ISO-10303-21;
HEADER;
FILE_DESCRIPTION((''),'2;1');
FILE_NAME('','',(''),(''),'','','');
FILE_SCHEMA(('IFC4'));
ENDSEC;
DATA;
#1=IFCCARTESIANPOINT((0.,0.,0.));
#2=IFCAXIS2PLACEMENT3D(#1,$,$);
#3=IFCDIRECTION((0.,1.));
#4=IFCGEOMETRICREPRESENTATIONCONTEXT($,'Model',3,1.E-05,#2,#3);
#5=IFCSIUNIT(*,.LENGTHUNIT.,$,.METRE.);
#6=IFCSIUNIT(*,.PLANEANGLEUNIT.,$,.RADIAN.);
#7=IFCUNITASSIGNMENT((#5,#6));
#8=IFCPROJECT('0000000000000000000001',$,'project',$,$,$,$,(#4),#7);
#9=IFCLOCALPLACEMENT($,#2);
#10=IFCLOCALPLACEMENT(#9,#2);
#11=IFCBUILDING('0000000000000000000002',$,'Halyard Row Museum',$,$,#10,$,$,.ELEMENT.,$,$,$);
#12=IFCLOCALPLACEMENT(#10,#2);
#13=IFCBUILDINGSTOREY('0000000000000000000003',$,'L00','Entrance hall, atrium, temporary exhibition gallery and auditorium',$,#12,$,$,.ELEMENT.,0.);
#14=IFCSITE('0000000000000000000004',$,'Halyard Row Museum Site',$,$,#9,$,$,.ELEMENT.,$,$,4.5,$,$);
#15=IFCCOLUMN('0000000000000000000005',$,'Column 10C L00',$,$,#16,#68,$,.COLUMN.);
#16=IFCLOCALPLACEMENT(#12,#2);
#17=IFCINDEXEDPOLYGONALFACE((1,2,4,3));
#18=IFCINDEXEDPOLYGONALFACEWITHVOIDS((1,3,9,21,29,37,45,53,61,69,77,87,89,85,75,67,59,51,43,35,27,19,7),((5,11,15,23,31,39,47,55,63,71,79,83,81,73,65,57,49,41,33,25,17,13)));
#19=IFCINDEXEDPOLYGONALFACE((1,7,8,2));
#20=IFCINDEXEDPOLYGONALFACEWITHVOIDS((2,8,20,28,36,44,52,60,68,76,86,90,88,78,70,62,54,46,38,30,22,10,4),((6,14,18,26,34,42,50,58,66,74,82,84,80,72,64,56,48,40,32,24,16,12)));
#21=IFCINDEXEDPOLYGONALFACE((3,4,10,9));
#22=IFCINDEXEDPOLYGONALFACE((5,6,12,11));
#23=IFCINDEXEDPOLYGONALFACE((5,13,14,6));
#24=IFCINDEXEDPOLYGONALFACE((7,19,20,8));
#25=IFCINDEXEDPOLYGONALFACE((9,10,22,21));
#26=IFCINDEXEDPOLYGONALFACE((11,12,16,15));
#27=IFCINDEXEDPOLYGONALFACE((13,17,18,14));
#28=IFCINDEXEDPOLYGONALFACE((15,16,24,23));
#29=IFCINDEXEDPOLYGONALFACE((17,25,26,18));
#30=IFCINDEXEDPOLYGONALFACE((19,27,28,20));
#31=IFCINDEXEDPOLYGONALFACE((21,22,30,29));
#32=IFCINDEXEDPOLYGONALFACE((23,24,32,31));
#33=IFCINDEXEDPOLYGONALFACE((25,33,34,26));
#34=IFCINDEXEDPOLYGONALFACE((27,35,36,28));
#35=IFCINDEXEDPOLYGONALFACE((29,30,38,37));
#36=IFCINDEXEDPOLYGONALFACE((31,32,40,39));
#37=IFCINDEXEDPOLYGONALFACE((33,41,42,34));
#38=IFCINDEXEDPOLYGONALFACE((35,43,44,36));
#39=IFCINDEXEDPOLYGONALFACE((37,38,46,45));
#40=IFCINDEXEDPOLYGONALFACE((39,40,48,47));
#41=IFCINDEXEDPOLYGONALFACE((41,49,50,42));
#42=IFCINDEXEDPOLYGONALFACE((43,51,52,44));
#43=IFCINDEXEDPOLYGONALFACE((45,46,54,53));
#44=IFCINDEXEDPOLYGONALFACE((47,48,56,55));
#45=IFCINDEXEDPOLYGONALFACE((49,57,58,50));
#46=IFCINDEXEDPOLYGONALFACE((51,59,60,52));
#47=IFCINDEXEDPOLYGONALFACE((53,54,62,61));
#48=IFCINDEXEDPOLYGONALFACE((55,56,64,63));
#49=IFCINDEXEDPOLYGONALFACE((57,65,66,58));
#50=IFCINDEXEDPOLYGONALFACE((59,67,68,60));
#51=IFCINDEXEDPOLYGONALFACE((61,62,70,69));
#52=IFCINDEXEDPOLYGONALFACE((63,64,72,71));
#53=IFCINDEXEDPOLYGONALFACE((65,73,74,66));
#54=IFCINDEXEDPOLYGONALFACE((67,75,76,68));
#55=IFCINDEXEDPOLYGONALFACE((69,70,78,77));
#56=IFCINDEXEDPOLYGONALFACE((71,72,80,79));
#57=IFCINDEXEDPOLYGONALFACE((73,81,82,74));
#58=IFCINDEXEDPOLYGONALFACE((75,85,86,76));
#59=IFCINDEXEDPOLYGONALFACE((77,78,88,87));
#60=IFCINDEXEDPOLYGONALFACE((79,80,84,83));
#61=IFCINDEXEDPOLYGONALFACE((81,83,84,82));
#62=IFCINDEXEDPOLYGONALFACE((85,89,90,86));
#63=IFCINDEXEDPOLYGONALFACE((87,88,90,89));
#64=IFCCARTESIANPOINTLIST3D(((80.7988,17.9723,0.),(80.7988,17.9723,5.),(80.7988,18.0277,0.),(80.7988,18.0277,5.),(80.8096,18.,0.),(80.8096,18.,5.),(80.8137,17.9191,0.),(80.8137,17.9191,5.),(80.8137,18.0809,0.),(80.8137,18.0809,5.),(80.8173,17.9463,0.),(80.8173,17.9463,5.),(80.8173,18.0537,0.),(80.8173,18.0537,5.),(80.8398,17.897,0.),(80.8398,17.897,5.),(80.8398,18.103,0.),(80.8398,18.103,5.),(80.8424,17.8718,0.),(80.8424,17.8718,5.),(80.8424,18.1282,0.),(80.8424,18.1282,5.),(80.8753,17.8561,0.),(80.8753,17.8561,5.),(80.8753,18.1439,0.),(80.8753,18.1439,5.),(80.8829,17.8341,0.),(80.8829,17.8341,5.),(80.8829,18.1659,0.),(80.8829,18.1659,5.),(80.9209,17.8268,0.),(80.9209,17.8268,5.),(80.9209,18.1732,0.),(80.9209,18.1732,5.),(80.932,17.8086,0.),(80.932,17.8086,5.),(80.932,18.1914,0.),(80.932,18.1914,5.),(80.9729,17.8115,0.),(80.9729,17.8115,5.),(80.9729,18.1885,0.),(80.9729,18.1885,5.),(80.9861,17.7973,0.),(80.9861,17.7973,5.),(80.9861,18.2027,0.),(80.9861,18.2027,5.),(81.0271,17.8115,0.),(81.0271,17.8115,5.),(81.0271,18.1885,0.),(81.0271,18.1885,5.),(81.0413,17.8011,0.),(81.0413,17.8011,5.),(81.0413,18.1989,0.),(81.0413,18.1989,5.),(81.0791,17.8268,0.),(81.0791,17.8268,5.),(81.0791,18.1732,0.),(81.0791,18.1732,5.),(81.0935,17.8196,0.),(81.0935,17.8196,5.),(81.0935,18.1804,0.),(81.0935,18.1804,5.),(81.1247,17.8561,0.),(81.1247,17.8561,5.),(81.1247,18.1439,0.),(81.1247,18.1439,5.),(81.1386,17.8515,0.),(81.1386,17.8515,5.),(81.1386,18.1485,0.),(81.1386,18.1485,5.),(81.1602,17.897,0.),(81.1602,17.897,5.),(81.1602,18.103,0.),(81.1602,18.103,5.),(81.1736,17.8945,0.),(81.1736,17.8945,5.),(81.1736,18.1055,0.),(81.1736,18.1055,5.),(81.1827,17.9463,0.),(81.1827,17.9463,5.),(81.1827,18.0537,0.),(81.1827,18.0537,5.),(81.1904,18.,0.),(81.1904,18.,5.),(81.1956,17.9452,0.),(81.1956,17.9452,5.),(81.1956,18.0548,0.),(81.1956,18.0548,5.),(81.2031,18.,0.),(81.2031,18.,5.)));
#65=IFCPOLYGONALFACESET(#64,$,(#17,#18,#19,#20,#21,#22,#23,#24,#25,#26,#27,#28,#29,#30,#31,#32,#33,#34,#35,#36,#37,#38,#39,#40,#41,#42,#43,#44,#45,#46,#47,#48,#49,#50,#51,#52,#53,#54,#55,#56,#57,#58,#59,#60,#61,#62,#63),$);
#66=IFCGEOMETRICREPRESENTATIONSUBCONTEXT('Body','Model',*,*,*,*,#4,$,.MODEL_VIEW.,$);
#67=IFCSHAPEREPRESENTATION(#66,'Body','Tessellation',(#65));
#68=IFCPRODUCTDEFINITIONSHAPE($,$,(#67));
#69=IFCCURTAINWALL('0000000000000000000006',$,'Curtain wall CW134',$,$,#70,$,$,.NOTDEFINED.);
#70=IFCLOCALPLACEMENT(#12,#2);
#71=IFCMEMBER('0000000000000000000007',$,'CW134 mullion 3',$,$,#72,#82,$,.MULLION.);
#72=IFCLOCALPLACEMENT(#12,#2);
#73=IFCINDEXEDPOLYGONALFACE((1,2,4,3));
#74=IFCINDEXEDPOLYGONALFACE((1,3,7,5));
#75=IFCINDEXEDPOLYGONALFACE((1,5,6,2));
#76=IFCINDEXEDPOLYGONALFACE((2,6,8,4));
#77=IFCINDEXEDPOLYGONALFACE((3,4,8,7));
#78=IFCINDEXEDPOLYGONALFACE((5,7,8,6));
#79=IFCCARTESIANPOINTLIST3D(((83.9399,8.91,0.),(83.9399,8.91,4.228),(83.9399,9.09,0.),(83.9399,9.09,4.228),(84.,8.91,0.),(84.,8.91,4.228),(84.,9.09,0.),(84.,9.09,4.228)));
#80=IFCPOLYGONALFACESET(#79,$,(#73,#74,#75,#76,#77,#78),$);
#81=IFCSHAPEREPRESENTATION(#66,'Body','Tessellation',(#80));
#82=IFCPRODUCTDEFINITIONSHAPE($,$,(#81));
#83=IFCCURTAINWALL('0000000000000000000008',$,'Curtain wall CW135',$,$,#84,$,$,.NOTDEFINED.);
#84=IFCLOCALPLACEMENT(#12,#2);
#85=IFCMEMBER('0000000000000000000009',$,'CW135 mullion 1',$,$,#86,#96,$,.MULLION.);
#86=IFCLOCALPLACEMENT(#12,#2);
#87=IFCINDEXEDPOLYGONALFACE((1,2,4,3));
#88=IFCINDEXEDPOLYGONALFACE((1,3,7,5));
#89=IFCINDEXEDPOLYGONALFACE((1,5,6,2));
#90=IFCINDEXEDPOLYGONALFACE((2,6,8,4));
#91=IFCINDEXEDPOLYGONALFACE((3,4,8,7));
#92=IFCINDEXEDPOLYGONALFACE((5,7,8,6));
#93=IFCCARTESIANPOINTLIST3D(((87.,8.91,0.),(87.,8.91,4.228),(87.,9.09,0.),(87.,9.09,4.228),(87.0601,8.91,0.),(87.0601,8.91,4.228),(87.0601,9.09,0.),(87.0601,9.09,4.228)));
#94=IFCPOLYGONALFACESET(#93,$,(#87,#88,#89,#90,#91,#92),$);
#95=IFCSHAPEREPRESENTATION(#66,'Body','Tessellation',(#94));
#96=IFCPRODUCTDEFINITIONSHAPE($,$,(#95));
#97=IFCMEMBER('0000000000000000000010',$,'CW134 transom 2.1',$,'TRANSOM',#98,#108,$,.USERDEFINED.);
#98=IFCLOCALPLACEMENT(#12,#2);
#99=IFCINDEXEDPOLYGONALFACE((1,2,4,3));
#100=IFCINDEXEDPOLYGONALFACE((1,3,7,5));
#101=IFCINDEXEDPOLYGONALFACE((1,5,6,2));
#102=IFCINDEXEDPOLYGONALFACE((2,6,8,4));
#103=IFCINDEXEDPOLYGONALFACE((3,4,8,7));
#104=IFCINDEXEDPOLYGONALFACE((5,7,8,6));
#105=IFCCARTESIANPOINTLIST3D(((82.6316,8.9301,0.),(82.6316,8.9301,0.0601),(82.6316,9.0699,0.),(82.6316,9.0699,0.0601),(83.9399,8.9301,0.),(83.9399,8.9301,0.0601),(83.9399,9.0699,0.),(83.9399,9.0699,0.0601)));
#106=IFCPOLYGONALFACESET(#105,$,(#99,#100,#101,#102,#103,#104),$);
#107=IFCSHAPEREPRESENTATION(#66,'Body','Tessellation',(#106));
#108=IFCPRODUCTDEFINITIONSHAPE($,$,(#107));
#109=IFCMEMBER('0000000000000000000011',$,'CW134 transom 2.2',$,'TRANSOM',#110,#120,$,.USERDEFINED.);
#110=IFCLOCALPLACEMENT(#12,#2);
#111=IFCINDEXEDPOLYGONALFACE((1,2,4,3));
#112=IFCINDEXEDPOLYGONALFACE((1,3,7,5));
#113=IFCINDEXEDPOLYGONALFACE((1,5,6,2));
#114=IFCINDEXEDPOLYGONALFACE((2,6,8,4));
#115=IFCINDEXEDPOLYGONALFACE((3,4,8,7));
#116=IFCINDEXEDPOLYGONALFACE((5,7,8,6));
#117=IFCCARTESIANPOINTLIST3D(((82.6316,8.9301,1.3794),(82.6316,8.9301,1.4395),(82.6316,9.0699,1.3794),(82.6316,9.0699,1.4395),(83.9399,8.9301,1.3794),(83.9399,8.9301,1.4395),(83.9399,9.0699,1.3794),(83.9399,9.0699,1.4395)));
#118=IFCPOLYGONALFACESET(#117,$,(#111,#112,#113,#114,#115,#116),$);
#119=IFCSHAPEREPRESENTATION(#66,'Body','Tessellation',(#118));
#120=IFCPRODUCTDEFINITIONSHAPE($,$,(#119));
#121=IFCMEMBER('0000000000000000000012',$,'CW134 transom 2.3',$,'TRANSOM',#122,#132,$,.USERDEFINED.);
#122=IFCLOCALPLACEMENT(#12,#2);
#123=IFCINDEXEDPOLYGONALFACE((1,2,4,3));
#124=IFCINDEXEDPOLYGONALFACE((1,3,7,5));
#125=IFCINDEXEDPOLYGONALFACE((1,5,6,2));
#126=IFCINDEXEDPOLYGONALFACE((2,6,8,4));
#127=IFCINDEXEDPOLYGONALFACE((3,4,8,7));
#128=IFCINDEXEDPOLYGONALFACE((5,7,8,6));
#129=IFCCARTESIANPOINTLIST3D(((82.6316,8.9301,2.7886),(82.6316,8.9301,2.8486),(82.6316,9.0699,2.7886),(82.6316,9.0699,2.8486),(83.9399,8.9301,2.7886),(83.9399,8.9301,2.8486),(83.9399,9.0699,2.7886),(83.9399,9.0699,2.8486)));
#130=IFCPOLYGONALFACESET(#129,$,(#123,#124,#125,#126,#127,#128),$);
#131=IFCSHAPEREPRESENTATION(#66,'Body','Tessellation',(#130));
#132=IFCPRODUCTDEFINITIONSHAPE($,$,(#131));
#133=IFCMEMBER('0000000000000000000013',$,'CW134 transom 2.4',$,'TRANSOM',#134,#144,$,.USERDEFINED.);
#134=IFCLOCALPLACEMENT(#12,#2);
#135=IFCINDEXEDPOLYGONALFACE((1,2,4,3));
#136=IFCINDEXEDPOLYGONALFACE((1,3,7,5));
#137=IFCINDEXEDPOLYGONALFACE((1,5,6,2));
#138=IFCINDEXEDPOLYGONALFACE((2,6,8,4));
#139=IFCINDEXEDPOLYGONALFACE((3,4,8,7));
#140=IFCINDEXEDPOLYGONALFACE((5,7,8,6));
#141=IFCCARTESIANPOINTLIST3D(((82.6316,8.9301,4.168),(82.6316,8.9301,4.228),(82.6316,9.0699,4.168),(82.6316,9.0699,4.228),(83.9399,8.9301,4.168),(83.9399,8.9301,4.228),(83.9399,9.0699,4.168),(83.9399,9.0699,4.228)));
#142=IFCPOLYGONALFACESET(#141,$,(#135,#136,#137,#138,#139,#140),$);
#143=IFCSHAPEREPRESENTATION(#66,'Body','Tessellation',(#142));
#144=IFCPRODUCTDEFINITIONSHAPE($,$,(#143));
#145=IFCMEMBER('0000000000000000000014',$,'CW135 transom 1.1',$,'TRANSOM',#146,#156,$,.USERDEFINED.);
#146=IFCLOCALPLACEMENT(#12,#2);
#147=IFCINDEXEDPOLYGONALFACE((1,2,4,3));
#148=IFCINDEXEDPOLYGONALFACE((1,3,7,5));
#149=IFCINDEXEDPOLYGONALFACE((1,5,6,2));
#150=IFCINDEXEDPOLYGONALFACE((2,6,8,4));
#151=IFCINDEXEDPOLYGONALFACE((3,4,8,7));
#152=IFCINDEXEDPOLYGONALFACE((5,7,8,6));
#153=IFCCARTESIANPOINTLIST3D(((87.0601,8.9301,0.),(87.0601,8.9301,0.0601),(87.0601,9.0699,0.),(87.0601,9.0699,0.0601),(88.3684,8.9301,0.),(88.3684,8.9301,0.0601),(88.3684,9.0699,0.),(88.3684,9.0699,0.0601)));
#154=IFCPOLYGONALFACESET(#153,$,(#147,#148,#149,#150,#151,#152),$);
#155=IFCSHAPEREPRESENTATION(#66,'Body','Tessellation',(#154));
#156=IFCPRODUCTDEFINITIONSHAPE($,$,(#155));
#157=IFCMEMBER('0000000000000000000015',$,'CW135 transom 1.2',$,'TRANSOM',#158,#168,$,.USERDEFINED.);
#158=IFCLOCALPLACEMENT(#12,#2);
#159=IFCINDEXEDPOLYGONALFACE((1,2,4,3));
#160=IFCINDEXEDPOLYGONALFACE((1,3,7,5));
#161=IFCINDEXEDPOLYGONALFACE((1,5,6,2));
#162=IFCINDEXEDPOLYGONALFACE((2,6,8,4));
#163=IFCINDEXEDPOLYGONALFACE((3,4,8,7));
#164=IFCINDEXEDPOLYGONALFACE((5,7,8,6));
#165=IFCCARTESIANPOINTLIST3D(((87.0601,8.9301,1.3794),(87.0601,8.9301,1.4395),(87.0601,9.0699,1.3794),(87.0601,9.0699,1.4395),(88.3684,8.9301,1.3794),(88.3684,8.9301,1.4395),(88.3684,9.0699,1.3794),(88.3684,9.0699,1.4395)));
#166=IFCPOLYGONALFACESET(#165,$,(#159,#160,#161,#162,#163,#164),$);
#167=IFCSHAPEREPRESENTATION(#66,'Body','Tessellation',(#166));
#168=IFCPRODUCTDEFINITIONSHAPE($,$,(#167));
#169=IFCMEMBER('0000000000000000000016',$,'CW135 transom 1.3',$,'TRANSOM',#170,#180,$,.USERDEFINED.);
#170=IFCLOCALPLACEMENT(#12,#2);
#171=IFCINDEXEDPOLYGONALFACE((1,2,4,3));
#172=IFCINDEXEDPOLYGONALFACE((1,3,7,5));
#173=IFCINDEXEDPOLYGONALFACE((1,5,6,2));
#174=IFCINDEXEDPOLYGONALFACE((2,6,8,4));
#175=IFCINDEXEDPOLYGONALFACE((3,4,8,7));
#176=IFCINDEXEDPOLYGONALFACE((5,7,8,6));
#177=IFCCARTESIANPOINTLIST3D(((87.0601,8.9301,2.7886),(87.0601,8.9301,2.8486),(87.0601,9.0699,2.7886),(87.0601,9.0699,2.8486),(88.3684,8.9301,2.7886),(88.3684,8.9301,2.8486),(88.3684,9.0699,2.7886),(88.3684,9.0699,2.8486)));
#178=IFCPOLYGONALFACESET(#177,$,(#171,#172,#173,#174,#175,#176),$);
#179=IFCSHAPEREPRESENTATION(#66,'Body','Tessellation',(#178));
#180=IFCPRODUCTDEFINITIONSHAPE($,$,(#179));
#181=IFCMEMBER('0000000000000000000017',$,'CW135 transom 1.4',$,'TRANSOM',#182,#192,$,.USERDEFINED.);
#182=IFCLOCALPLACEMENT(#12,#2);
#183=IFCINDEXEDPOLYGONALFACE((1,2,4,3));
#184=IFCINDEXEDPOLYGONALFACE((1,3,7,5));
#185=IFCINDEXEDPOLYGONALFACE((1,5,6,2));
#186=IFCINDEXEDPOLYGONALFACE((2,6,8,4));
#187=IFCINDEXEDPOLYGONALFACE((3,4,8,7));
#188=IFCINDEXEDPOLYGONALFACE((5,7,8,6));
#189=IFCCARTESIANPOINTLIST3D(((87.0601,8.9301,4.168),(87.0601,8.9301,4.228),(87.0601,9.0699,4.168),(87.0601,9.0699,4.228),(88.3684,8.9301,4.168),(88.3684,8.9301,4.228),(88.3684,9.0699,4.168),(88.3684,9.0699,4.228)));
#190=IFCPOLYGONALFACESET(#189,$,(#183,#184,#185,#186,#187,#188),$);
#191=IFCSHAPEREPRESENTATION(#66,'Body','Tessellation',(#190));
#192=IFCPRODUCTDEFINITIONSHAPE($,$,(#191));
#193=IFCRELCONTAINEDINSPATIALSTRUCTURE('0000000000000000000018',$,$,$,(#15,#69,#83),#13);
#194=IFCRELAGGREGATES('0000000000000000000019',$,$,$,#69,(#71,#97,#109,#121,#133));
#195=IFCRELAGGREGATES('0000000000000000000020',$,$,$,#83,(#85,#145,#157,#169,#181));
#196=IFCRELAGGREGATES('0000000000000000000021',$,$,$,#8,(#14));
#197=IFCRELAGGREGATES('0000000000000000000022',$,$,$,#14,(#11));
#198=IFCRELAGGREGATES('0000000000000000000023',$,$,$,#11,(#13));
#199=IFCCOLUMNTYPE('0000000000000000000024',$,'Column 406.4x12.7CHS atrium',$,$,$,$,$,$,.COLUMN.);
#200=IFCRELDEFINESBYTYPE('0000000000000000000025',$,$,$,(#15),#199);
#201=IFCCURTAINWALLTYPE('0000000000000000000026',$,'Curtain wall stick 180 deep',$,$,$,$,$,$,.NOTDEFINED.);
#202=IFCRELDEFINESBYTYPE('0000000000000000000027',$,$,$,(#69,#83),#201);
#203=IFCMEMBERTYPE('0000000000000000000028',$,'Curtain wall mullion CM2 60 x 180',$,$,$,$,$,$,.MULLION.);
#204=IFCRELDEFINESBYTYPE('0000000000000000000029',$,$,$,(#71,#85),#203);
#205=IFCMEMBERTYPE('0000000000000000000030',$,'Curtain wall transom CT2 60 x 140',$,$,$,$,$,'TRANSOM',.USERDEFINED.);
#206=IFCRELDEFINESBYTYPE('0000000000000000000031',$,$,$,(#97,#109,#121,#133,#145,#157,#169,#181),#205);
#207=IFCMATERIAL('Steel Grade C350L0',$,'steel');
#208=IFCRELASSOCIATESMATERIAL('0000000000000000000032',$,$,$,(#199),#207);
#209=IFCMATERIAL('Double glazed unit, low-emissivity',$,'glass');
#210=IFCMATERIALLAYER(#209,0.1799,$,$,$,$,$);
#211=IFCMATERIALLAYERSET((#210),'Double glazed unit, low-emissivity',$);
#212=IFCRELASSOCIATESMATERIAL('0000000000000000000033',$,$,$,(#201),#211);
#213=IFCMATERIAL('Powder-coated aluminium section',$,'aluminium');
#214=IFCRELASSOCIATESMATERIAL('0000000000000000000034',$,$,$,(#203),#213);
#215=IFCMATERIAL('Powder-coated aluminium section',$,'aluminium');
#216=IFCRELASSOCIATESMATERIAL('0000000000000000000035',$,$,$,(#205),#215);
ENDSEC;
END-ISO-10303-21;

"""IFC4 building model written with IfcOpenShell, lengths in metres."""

from ifc_helpers import new_model, si_unit, direction, frame, origin, origin_2d, place, context, subcontext, project, spatial, rectangle, hollow_circle, extrude, material, layer, layer_set, material_profile, profile_set, type_object, element, aggregate, save


model = new_model("IFC4")

# Units and contexts
model_context = context("Model", 3, precision=1e-05, world=origin(), true_north=direction((0.0, 1.0)))
body_context = subcontext(model_context, "Body", "Model", "MODEL_VIEW")
ifc_project = project(units=[si_unit("LENGTHUNIT", "METRE"), si_unit("PLANEANGLEUNIT", "RADIAN")], contexts=[model_context])

# Site, building, storey
site_placement = place(None, origin())
site = spatial("IfcSite", under=ifc_project, at=site_placement, Name="Halyard Row Museum Site", CompositionType="ELEMENT", RefElevation=4.5)
building_placement = place(site_placement, origin())
building = spatial("IfcBuilding", under=site, at=building_placement, Name="Halyard Row Museum", CompositionType="ELEMENT")
storey_placement = place(building_placement, origin())
storey = spatial("IfcBuildingStorey", under=building, at=storey_placement, Name="L00", Description="Entrance hall, atrium, temporary exhibition gallery and auditorium", CompositionType="ELEMENT", Elevation=0.0)

# Column
ifc_material_1 = material(Name="Steel Grade C350L0", Category="steel")
ifc_material_profile_1 = material_profile(ifc_material_1, hollow_circle(Radius=0.2031, WallThickness=0.0127, at=origin_2d()), Name="406.4x12.7CHS")
ifc_profile_set_1 = profile_set([ifc_material_profile_1], Name="Steel Grade C350L0")
column_type = type_object("IfcColumnType", Name="Column 406.4x12.7CHS atrium", PredefinedType="COLUMN", material=ifc_profile_set_1)
column_placement = place(storey_placement, frame((81.0, 18.0, 0.0), z_axis=(0.0, 0.0, 1.0), x_axis=(1.0, 0.0, 0.0)))
element("IfcColumn", 1, at=column_placement, inside=storey, type_object=column_type, Name="Column 10C L00", PredefinedType="COLUMN", context=body_context, shape_type="SweptSolid", body=[
    extrude(hollow_circle(Radius=0.2031, WallThickness=0.0127, at=origin_2d()), origin(), (0.0, 0.0, 1.0), 5.0),
])

# Curtain walls, members
ifc_material_2 = material(Name="Double glazed unit, low-emissivity", Category="glass")
ifc_layer_1 = layer(ifc_material_2, 0.1799)
ifc_layer_set_1 = layer_set([ifc_layer_1], Name="Double glazed unit, low-emissivity")
curtain_wall_type = type_object("IfcCurtainWallType", Name="Curtain wall stick 180 deep", PredefinedType="NOTDEFINED", material=ifc_layer_set_1)
curtain_wall_1_placement = place(storey_placement, origin())
curtain_wall_1 = element("IfcCurtainWall", 2, at=curtain_wall_1_placement, inside=storey, type_object=curtain_wall_type, Name="Curtain wall CW134", PredefinedType="NOTDEFINED")
ifc_material_3 = material(Name="Powder-coated aluminium section", Category="aluminium")
ifc_material_profile_2 = material_profile(ifc_material_3, rectangle(XDim=0.1799, YDim=0.0601, at=origin_2d()), Name="180x60 mullion")
ifc_profile_set_2 = profile_set([ifc_material_profile_2], Name="Powder-coated aluminium section")
member_type_1 = type_object("IfcMemberType", Name="Curtain wall mullion CM2 60 x 180", PredefinedType="MULLION", material=ifc_profile_set_2)
member_1_placement = place(storey_placement, frame((83.97, 9.0, 0.0), z_axis=(0.0, 0.0, 1.0), x_axis=(0.0, 1.0, 0.0)))
member_1 = element("IfcMember", 3, at=member_1_placement, type_object=member_type_1, Name="CW134 mullion 3", PredefinedType="MULLION", context=body_context, shape_type="SweptSolid", body=[
    extrude(rectangle(XDim=0.1799, YDim=0.0601, at=origin_2d()), origin(), (0.0, 0.0, 1.0), 4.228),
])
curtain_wall_2_placement = place(storey_placement, origin())
curtain_wall_2 = element("IfcCurtainWall", 4, at=curtain_wall_2_placement, inside=storey, type_object=curtain_wall_type, Name="Curtain wall CW135", PredefinedType="NOTDEFINED")
member_2_placement = place(storey_placement, frame((87.03, 9.0, 0.0), z_axis=(0.0, 0.0, 1.0), x_axis=(0.0, 1.0, 0.0)))
member_2 = element("IfcMember", 5, at=member_2_placement, type_object=member_type_1, Name="CW135 mullion 1", PredefinedType="MULLION", context=body_context, shape_type="SweptSolid", body=[
    extrude(rectangle(XDim=0.1799, YDim=0.0601, at=origin_2d()), origin(), (0.0, 0.0, 1.0), 4.228),
])

# Members
ifc_material_4 = material(Name="Powder-coated aluminium section", Category="aluminium")
ifc_material_profile_3 = material_profile(ifc_material_4, rectangle(XDim=0.1399, YDim=0.0601, at=origin_2d()), Name="140x60 transom")
ifc_profile_set_3 = profile_set([ifc_material_profile_3], Name="Powder-coated aluminium section")
member_type_2 = type_object("IfcMemberType", Name="Curtain wall transom CT2 60 x 140", ElementType="TRANSOM", PredefinedType="USERDEFINED", material=ifc_profile_set_3)
member_3_placement = place(storey_placement, frame((82.6316, 9.0, 0.03), z_axis=(1.0, 0.0, 0.0), x_axis=(0.0, 1.0, 0.0)))
member_3 = element("IfcMember", 6, at=member_3_placement, type_object=member_type_2, Name="CW134 transom 2.1", ObjectType="TRANSOM", PredefinedType="USERDEFINED", context=body_context, shape_type="SweptSolid", body=[
    extrude(rectangle(XDim=0.1399, YDim=0.0601, at=origin_2d()), origin(), (0.0, 0.0, 1.0), 1.3083),
])
member_4_placement = place(storey_placement, frame((82.6316, 9.0, 1.4094), z_axis=(1.0, 0.0, 0.0), x_axis=(0.0, 1.0, 0.0)))
member_4 = element("IfcMember", 7, at=member_4_placement, type_object=member_type_2, Name="CW134 transom 2.2", ObjectType="TRANSOM", PredefinedType="USERDEFINED", context=body_context, shape_type="SweptSolid", body=[
    extrude(rectangle(XDim=0.1399, YDim=0.0601, at=origin_2d()), origin(), (0.0, 0.0, 1.0), 1.3083),
])
member_5_placement = place(storey_placement, frame((82.6316, 9.0, 2.8186), z_axis=(1.0, 0.0, 0.0), x_axis=(0.0, 1.0, 0.0)))
member_5 = element("IfcMember", 8, at=member_5_placement, type_object=member_type_2, Name="CW134 transom 2.3", ObjectType="TRANSOM", PredefinedType="USERDEFINED", context=body_context, shape_type="SweptSolid", body=[
    extrude(rectangle(XDim=0.1399, YDim=0.0601, at=origin_2d()), origin(), (0.0, 0.0, 1.0), 1.3083),
])
member_6_placement = place(storey_placement, frame((82.6316, 9.0, 4.198), z_axis=(1.0, 0.0, 0.0), x_axis=(0.0, 1.0, 0.0)))
member_6 = element("IfcMember", 9, at=member_6_placement, type_object=member_type_2, Name="CW134 transom 2.4", ObjectType="TRANSOM", PredefinedType="USERDEFINED", context=body_context, shape_type="SweptSolid", body=[
    extrude(rectangle(XDim=0.1399, YDim=0.0601, at=origin_2d()), origin(), (0.0, 0.0, 1.0), 1.3083),
])
member_7_placement = place(storey_placement, frame((87.0601, 9.0, 0.03), z_axis=(1.0, 0.0, 0.0), x_axis=(0.0, 1.0, 0.0)))
member_7 = element("IfcMember", 10, at=member_7_placement, type_object=member_type_2, Name="CW135 transom 1.1", ObjectType="TRANSOM", PredefinedType="USERDEFINED", context=body_context, shape_type="SweptSolid", body=[
    extrude(rectangle(XDim=0.1399, YDim=0.0601, at=origin_2d()), origin(), (0.0, 0.0, 1.0), 1.3083),
])
member_8_placement = place(storey_placement, frame((87.0601, 9.0, 1.4094), z_axis=(1.0, 0.0, 0.0), x_axis=(0.0, 1.0, 0.0)))
member_8 = element("IfcMember", 11, at=member_8_placement, type_object=member_type_2, Name="CW135 transom 1.2", ObjectType="TRANSOM", PredefinedType="USERDEFINED", context=body_context, shape_type="SweptSolid", body=[
    extrude(rectangle(XDim=0.1399, YDim=0.0601, at=origin_2d()), origin(), (0.0, 0.0, 1.0), 1.3083),
])
member_9_placement = place(storey_placement, frame((87.0601, 9.0, 2.8186), z_axis=(1.0, 0.0, 0.0), x_axis=(0.0, 1.0, 0.0)))
member_9 = element("IfcMember", 12, at=member_9_placement, type_object=member_type_2, Name="CW135 transom 1.3", ObjectType="TRANSOM", PredefinedType="USERDEFINED", context=body_context, shape_type="SweptSolid", body=[
    extrude(rectangle(XDim=0.1399, YDim=0.0601, at=origin_2d()), origin(), (0.0, 0.0, 1.0), 1.3083),
])
member_10_placement = place(storey_placement, frame((87.0601, 9.0, 4.198), z_axis=(1.0, 0.0, 0.0), x_axis=(0.0, 1.0, 0.0)))
member_10 = element("IfcMember", 13, at=member_10_placement, type_object=member_type_2, Name="CW135 transom 1.4", ObjectType="TRANSOM", PredefinedType="USERDEFINED", context=body_context, shape_type="SweptSolid", body=[
    extrude(rectangle(XDim=0.1399, YDim=0.0601, at=origin_2d()), origin(), (0.0, 0.0, 1.0), 1.3083),
])

aggregate(curtain_wall_1, [member_1, member_3, member_4, member_5, member_6])
aggregate(curtain_wall_2, [member_2, member_7, member_8, member_9, member_10])

save(model, "model.ifc")
